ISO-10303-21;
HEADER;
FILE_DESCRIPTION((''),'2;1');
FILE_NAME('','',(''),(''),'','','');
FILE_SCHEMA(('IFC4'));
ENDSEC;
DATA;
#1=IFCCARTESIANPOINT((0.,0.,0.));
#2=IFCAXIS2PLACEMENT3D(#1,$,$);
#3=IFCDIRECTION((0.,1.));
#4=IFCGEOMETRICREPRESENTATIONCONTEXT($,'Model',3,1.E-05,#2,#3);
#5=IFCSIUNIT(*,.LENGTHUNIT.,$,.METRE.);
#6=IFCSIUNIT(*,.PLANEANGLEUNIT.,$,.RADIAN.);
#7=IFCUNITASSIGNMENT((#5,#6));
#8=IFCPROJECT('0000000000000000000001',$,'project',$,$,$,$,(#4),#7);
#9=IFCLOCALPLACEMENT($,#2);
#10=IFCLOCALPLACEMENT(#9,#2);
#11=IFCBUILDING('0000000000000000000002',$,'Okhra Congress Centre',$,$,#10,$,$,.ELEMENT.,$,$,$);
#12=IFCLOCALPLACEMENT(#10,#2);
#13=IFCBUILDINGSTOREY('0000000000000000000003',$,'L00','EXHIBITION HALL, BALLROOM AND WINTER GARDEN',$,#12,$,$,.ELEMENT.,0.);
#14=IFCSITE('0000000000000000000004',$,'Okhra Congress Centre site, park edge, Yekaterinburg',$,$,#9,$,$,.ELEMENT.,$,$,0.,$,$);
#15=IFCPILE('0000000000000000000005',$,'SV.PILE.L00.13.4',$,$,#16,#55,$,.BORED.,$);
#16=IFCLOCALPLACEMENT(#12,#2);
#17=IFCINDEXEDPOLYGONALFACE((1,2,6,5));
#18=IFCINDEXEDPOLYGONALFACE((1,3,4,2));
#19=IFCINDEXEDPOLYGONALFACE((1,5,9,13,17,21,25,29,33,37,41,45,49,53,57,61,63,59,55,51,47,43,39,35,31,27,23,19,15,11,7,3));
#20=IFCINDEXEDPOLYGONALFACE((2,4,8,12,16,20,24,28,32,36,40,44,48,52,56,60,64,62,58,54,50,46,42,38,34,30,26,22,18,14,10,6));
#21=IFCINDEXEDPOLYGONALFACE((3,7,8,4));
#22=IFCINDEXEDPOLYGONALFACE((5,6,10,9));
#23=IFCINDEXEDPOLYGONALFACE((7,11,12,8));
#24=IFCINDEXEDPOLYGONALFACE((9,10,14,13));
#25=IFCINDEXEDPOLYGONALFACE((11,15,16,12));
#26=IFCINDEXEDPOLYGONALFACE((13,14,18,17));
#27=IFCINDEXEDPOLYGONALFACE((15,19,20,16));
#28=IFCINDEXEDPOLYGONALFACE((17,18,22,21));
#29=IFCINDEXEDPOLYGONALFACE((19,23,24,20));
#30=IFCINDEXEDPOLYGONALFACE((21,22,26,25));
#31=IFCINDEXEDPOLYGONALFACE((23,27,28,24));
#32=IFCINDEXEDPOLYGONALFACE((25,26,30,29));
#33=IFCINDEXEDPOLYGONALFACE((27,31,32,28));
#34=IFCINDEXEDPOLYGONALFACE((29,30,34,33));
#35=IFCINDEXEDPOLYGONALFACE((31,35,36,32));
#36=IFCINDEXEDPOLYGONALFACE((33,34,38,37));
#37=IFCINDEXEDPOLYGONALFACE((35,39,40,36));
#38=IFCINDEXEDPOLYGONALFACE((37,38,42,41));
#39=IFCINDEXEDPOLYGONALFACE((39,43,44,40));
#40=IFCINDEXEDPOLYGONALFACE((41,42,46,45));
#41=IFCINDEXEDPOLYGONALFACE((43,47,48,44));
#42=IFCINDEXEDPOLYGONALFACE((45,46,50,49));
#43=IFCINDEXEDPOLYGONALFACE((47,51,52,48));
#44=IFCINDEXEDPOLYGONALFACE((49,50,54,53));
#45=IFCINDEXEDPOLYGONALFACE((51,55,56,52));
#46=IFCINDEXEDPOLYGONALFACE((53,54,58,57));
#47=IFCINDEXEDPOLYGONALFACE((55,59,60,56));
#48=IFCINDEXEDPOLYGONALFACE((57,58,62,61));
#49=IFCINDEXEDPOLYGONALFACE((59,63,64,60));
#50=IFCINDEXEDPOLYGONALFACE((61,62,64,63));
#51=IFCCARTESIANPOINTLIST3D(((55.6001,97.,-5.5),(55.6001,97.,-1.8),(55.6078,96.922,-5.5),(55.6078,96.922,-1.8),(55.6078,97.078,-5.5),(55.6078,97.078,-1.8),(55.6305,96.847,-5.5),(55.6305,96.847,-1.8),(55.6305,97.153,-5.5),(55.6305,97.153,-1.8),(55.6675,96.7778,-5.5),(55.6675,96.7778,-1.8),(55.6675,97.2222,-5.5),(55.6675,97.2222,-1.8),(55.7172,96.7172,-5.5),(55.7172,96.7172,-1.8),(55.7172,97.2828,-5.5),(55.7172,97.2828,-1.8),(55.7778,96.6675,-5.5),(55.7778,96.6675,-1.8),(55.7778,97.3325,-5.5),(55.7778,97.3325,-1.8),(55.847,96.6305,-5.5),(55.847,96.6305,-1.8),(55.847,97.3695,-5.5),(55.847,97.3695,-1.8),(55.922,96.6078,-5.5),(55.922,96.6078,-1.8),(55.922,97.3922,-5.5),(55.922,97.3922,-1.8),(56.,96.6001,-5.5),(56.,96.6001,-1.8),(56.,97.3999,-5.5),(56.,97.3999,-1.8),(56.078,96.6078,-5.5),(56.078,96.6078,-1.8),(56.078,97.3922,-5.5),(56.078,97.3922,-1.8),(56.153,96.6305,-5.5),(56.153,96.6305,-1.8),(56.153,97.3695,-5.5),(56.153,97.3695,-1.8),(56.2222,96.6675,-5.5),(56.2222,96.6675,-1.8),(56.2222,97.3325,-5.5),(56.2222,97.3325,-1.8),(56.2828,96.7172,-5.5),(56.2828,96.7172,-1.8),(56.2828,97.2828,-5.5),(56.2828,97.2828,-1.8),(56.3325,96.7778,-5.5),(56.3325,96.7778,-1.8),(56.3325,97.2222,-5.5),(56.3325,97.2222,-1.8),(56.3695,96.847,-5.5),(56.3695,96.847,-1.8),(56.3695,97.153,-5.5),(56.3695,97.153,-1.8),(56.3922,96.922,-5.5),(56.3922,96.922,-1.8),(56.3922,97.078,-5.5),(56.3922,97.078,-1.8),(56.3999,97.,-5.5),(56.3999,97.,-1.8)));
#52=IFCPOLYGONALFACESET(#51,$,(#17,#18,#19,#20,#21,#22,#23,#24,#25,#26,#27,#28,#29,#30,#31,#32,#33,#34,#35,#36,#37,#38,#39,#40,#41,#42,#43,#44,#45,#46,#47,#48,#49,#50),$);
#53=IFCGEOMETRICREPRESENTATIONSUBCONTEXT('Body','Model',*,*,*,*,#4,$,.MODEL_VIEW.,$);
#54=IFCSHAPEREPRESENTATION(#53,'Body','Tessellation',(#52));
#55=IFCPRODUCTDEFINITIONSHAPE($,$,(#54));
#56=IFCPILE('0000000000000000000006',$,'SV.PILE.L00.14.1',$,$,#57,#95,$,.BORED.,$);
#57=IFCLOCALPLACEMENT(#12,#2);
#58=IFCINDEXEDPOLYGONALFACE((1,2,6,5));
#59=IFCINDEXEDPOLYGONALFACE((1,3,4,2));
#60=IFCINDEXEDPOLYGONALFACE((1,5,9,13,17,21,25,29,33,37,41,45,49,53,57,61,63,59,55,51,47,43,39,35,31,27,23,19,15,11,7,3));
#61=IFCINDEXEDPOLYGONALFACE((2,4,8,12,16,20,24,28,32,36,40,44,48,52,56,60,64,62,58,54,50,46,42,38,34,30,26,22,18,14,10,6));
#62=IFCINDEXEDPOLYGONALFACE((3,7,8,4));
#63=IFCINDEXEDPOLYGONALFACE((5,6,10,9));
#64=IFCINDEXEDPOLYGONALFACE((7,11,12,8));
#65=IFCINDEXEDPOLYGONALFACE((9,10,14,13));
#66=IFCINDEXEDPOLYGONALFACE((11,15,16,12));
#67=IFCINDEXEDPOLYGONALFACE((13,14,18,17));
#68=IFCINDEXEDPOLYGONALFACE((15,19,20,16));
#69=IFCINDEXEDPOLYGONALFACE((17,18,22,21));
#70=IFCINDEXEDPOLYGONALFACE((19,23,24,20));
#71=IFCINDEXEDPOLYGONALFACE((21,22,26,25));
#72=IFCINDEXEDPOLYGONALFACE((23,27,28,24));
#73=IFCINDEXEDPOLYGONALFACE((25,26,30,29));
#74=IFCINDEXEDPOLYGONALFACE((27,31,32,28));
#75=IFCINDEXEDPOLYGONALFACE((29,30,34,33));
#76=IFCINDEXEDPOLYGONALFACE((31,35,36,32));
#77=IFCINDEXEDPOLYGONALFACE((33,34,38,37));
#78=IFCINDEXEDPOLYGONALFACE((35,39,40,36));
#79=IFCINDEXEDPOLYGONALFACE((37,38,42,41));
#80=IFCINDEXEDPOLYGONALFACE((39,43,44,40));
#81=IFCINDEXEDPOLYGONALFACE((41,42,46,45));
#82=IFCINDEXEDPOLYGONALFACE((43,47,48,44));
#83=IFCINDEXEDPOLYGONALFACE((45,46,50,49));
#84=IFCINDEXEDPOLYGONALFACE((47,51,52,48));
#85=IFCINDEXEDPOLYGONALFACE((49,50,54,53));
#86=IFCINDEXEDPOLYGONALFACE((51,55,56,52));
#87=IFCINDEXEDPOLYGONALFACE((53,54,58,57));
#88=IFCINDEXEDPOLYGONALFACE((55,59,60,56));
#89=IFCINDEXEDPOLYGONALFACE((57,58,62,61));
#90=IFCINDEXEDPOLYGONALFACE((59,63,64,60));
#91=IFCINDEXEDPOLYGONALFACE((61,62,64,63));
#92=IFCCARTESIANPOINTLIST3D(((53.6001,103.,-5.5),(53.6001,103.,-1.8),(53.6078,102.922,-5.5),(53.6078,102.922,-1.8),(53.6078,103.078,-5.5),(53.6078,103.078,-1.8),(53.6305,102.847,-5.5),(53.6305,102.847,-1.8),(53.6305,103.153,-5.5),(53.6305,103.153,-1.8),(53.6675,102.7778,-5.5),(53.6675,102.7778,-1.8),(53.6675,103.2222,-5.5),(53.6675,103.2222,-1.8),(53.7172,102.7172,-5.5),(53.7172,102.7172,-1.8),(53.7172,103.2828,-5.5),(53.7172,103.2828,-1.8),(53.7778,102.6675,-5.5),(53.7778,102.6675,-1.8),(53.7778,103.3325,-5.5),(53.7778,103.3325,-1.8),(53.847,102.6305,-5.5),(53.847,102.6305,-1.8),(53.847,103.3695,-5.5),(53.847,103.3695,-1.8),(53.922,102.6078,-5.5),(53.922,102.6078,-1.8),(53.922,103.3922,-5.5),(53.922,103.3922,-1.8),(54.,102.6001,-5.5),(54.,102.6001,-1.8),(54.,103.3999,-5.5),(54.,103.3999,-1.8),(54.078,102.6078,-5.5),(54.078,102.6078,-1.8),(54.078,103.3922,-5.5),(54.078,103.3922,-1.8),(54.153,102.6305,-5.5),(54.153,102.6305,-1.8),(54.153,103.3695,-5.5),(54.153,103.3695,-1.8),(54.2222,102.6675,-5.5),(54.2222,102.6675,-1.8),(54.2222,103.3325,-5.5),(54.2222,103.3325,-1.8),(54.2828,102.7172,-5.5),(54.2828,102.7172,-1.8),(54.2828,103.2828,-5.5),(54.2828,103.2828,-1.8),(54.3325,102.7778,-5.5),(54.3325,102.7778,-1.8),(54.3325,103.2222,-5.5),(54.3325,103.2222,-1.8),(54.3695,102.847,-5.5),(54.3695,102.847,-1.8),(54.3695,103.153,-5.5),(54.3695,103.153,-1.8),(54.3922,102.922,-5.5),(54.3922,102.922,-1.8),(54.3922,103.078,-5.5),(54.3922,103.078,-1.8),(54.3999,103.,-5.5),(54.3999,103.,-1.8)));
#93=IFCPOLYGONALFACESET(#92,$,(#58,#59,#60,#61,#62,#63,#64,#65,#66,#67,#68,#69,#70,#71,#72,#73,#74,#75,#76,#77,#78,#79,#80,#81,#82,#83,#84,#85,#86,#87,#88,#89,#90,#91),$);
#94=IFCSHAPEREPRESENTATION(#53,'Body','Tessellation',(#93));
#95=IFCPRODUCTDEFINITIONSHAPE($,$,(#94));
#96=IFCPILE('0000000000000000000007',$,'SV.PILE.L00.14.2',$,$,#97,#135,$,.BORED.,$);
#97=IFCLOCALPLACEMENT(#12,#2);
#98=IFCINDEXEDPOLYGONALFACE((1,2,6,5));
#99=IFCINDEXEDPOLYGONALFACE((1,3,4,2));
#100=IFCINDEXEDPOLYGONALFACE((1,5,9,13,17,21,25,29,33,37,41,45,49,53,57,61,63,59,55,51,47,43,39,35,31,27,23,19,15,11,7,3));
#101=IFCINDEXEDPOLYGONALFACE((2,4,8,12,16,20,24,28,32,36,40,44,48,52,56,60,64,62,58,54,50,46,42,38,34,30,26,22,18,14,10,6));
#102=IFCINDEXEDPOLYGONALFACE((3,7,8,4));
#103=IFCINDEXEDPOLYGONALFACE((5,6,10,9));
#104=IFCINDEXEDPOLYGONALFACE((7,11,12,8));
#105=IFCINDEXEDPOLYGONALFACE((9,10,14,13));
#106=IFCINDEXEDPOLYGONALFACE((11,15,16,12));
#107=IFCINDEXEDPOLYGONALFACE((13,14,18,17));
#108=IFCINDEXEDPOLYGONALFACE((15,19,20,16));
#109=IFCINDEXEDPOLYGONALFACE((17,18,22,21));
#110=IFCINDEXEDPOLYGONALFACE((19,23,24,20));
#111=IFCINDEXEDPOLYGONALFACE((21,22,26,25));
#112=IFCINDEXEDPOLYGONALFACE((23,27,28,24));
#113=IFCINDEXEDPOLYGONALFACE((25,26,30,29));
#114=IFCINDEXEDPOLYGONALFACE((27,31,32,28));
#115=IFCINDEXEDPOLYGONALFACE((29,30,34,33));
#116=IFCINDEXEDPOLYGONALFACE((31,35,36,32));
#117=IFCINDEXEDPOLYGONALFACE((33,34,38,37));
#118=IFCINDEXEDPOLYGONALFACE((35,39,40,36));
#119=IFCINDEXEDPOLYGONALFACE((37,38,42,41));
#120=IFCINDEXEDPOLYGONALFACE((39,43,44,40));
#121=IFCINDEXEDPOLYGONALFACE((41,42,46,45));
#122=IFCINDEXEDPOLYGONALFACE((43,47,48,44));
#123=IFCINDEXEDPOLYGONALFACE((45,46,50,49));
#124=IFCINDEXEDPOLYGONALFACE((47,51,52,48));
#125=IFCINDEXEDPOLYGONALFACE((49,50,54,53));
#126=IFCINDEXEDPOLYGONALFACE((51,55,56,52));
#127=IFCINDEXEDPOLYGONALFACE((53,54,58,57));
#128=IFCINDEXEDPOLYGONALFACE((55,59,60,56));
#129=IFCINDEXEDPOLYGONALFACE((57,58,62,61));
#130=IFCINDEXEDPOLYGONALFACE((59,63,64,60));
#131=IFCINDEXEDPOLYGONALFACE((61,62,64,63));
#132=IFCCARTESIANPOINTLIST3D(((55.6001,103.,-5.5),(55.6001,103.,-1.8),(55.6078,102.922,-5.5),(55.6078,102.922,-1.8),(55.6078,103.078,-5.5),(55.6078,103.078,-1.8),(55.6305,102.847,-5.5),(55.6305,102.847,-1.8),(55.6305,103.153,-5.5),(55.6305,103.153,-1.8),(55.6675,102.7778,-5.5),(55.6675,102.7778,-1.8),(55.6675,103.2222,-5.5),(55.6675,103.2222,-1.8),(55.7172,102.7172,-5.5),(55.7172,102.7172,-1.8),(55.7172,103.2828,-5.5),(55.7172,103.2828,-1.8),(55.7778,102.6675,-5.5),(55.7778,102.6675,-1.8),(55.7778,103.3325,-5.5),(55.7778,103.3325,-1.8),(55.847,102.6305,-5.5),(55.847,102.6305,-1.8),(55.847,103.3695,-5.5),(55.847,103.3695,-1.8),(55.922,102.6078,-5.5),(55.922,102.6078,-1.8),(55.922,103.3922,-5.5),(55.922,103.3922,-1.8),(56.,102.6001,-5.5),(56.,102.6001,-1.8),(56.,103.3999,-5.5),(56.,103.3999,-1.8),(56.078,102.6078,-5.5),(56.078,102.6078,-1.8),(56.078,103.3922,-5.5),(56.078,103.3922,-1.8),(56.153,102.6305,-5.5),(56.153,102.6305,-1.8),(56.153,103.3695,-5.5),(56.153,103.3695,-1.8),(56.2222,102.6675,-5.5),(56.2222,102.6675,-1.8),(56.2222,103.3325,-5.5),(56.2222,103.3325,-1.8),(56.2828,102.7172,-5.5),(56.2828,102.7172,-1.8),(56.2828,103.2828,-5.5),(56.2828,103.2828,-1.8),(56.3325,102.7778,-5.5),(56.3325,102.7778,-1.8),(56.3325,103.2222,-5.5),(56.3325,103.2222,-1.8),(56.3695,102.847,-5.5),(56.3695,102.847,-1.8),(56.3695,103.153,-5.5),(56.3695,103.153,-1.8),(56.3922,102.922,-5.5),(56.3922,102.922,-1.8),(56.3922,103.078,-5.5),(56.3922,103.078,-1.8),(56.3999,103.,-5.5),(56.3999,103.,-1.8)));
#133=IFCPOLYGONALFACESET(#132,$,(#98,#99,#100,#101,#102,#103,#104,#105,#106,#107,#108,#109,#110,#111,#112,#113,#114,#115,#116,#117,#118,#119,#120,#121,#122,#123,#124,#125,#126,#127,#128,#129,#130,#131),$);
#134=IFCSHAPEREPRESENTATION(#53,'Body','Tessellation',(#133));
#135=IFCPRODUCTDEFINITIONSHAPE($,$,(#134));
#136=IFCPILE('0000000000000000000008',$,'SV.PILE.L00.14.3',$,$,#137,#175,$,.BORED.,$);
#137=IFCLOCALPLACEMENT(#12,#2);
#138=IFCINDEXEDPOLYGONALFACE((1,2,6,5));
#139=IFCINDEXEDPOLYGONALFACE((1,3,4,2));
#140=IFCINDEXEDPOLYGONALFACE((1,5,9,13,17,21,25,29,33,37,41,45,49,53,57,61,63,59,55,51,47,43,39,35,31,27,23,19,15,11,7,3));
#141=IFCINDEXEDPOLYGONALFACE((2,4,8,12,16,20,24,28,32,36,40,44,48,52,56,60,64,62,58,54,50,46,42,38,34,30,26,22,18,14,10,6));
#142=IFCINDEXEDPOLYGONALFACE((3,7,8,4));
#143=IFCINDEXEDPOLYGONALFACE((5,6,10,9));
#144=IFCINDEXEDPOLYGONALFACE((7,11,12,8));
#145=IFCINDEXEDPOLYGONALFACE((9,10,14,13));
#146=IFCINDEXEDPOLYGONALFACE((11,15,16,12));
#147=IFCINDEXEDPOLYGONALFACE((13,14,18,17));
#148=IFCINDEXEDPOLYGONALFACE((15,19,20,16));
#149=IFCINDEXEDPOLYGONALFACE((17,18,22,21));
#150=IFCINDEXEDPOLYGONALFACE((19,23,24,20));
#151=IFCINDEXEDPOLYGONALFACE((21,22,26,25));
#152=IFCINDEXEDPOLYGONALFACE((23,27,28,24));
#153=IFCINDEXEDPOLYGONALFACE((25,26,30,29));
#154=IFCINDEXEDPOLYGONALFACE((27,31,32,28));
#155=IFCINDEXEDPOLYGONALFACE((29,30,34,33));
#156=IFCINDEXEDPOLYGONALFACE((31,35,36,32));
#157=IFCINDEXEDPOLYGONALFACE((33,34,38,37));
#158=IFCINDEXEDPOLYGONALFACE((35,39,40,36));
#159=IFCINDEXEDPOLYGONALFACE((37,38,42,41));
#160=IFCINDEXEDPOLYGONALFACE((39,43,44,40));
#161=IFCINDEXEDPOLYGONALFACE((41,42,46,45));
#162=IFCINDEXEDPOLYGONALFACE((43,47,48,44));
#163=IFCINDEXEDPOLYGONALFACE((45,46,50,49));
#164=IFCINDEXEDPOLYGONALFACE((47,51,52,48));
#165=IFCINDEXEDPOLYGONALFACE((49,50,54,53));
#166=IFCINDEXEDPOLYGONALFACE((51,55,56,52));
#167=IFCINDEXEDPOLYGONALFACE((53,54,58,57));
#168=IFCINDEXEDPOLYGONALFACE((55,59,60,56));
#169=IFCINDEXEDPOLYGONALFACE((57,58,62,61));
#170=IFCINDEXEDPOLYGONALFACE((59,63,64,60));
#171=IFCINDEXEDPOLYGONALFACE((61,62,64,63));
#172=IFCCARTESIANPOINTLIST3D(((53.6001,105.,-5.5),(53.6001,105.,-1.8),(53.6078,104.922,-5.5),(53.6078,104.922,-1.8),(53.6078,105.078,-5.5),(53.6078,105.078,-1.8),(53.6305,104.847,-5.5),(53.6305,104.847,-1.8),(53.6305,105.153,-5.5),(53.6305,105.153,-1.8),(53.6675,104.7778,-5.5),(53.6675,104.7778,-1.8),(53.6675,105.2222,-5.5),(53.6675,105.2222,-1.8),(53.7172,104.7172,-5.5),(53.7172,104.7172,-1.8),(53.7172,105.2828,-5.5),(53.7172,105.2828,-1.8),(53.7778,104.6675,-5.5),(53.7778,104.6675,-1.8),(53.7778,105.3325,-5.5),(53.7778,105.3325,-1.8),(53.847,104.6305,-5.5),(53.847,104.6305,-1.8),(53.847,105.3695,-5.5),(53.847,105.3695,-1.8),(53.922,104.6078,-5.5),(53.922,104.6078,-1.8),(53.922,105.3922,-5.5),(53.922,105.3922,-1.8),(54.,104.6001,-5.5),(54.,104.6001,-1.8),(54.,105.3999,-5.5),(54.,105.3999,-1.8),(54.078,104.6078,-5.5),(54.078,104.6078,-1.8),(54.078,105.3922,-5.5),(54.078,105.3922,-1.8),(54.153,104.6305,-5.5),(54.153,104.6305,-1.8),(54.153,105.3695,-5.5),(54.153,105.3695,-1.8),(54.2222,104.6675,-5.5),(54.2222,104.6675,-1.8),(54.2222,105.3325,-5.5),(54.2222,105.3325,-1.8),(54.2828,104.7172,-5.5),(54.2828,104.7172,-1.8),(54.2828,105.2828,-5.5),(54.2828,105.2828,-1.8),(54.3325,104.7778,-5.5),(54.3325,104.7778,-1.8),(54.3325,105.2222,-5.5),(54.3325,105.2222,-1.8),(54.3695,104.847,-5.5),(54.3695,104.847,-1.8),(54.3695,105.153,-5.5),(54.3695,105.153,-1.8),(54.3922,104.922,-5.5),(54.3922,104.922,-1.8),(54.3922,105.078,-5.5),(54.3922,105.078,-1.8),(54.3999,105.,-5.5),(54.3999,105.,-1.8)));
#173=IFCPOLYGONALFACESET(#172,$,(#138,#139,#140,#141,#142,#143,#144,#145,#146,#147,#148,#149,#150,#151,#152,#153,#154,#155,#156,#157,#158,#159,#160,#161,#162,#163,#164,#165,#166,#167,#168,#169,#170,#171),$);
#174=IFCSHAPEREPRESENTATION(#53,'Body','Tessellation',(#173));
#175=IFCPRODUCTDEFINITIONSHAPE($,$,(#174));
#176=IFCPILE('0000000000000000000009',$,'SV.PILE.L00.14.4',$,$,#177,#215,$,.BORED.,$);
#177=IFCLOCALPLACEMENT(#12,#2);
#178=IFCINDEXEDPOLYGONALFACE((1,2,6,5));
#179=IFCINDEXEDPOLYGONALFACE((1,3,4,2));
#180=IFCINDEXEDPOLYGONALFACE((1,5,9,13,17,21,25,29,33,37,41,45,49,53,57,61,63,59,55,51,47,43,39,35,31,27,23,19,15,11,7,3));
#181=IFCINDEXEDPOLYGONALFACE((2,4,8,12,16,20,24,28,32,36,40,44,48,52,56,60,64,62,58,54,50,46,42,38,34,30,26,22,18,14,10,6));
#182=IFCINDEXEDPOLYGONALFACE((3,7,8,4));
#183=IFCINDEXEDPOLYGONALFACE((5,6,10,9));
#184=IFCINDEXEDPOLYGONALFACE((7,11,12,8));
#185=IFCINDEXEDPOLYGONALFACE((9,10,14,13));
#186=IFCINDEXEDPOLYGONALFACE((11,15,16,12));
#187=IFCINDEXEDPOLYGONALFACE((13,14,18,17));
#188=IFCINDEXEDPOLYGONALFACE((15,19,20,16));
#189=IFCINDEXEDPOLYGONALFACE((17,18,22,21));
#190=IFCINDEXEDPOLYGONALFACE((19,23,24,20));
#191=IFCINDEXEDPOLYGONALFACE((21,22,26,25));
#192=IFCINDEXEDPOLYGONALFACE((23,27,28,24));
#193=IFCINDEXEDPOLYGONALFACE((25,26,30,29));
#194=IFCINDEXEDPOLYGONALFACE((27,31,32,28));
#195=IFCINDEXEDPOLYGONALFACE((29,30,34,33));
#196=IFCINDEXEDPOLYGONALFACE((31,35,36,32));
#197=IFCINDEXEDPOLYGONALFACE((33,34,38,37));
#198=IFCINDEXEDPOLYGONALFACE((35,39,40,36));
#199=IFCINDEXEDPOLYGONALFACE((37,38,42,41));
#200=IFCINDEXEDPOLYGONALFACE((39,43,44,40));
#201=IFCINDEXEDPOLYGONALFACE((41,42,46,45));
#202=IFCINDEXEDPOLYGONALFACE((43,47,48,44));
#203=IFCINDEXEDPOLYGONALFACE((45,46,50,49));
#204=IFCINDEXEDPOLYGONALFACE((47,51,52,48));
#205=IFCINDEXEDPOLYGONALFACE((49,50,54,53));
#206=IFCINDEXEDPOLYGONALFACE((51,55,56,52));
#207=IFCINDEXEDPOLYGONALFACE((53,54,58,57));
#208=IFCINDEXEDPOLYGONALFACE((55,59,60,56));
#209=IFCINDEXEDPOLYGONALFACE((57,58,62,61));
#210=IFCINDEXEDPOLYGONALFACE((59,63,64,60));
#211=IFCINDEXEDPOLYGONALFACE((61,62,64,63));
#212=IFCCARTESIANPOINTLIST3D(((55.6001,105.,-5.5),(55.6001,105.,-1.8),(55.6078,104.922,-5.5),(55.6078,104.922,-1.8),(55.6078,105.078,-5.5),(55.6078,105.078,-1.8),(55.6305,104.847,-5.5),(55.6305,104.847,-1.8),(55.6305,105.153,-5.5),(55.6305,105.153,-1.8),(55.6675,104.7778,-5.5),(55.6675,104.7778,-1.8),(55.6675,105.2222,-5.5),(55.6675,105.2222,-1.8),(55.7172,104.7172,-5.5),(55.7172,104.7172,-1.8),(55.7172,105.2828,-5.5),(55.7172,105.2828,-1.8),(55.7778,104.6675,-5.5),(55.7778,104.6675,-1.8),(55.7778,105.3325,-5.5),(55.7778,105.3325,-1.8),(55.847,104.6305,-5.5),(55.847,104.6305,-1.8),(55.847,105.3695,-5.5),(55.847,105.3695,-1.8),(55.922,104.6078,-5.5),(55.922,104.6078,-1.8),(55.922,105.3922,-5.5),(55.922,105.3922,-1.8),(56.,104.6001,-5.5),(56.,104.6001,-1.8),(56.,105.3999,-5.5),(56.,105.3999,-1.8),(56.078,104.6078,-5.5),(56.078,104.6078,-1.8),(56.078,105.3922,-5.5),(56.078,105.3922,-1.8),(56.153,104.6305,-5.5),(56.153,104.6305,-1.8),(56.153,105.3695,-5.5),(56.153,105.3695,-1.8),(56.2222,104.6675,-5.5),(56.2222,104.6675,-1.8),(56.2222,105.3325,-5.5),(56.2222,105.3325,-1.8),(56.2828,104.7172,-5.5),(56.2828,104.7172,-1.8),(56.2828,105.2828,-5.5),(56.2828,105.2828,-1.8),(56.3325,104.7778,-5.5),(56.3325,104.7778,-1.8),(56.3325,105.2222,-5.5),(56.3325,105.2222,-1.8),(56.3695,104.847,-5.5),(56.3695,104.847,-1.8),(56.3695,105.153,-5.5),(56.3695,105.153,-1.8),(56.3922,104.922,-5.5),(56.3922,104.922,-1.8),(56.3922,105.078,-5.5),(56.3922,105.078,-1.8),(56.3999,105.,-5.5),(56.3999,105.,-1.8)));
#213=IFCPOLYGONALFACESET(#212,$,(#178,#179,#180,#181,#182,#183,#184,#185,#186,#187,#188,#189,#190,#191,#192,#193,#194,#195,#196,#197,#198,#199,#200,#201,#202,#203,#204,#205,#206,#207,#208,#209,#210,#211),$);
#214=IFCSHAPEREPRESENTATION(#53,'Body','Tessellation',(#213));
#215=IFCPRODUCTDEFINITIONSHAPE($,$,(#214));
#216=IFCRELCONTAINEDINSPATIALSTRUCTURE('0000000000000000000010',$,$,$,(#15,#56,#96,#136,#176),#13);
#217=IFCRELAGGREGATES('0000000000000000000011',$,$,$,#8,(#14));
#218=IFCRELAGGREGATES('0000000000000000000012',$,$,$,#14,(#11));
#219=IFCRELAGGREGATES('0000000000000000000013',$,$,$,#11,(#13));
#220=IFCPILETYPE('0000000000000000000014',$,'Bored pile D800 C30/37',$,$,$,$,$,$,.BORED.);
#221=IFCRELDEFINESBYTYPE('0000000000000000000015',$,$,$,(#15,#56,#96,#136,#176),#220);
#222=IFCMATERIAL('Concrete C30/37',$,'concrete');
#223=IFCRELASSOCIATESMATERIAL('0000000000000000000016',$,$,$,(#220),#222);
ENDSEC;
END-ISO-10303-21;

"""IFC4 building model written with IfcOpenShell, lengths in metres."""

from ifc_helpers import new_model, si_unit, direction, frame, origin, origin_2d, place, context, subcontext, project, spatial, circle, extrude, material, material_profile, profile_set, type_object, element, save


model = new_model("IFC4")

# Units and contexts
model_context = context("Model", 3, precision=1e-05, world=origin(), true_north=direction((0.0, 1.0)))
body_context = subcontext(model_context, "Body", "Model", "MODEL_VIEW")
ifc_project = project(units=[si_unit("LENGTHUNIT", "METRE"), si_unit("PLANEANGLEUNIT", "RADIAN")], contexts=[model_context])

# Site, building, storey
site_placement = place(None, origin())
site = spatial("IfcSite", under=ifc_project, at=site_placement, Name="Okhra Congress Centre site, park edge, Yekaterinburg", CompositionType="ELEMENT", RefElevation=0.0)
building_placement = place(site_placement, origin())
building = spatial("IfcBuilding", under=site, at=building_placement, Name="Okhra Congress Centre", CompositionType="ELEMENT")
storey_placement = place(building_placement, origin())
storey = spatial("IfcBuildingStorey", under=building, at=storey_placement, Name="L00", Description="EXHIBITION HALL, BALLROOM AND WINTER GARDEN", CompositionType="ELEMENT", Elevation=0.0)

# Piles
ifc_material_1 = material(Name="Concrete C30/37", Category="concrete")
ifc_material_profile_1 = material_profile(ifc_material_1, circle(Radius=0.3999, at=origin_2d()), Name="D800")
ifc_profile_set_1 = profile_set([ifc_material_profile_1], Name="Concrete C30/37")
pile_type = type_object("IfcPileType", Name="Bored pile D800 C30/37", PredefinedType="BORED", material=ifc_profile_set_1)
for number, where, z_axis, x_axis, name in (
    (1, (56.0, 97.0, -1.8), (0.0, 0.0, -1.0), (1.0, 0.0, 0.0), "SV.PILE.L00.13.4"),
    (2, (54.0, 103.0, -1.8), (0.0, 0.0, -1.0), (1.0, 0.0, 0.0), "SV.PILE.L00.14.1"),
    (3, (56.0, 103.0, -1.8), (0.0, 0.0, -1.0), (1.0, 0.0, 0.0), "SV.PILE.L00.14.2"),
    (4, (54.0, 105.0, -1.8), (0.0, 0.0, -1.0), (1.0, 0.0, 0.0), "SV.PILE.L00.14.3"),
    (5, (56.0, 105.0, -1.8), (0.0, 0.0, -1.0), (1.0, 0.0, 0.0), "SV.PILE.L00.14.4"),
):
    element("IfcPile", number, at=place(storey_placement, frame(where, z_axis=z_axis, x_axis=x_axis)), inside=storey, type_object=pile_type, Name=name, PredefinedType="BORED", context=body_context, shape_type="SweptSolid", body=[
        extrude(circle(Radius=0.3999, at=origin_2d()), origin(), (0.0, 0.0, 1.0), 3.7),
    ])

save(model, "model.ifc")
